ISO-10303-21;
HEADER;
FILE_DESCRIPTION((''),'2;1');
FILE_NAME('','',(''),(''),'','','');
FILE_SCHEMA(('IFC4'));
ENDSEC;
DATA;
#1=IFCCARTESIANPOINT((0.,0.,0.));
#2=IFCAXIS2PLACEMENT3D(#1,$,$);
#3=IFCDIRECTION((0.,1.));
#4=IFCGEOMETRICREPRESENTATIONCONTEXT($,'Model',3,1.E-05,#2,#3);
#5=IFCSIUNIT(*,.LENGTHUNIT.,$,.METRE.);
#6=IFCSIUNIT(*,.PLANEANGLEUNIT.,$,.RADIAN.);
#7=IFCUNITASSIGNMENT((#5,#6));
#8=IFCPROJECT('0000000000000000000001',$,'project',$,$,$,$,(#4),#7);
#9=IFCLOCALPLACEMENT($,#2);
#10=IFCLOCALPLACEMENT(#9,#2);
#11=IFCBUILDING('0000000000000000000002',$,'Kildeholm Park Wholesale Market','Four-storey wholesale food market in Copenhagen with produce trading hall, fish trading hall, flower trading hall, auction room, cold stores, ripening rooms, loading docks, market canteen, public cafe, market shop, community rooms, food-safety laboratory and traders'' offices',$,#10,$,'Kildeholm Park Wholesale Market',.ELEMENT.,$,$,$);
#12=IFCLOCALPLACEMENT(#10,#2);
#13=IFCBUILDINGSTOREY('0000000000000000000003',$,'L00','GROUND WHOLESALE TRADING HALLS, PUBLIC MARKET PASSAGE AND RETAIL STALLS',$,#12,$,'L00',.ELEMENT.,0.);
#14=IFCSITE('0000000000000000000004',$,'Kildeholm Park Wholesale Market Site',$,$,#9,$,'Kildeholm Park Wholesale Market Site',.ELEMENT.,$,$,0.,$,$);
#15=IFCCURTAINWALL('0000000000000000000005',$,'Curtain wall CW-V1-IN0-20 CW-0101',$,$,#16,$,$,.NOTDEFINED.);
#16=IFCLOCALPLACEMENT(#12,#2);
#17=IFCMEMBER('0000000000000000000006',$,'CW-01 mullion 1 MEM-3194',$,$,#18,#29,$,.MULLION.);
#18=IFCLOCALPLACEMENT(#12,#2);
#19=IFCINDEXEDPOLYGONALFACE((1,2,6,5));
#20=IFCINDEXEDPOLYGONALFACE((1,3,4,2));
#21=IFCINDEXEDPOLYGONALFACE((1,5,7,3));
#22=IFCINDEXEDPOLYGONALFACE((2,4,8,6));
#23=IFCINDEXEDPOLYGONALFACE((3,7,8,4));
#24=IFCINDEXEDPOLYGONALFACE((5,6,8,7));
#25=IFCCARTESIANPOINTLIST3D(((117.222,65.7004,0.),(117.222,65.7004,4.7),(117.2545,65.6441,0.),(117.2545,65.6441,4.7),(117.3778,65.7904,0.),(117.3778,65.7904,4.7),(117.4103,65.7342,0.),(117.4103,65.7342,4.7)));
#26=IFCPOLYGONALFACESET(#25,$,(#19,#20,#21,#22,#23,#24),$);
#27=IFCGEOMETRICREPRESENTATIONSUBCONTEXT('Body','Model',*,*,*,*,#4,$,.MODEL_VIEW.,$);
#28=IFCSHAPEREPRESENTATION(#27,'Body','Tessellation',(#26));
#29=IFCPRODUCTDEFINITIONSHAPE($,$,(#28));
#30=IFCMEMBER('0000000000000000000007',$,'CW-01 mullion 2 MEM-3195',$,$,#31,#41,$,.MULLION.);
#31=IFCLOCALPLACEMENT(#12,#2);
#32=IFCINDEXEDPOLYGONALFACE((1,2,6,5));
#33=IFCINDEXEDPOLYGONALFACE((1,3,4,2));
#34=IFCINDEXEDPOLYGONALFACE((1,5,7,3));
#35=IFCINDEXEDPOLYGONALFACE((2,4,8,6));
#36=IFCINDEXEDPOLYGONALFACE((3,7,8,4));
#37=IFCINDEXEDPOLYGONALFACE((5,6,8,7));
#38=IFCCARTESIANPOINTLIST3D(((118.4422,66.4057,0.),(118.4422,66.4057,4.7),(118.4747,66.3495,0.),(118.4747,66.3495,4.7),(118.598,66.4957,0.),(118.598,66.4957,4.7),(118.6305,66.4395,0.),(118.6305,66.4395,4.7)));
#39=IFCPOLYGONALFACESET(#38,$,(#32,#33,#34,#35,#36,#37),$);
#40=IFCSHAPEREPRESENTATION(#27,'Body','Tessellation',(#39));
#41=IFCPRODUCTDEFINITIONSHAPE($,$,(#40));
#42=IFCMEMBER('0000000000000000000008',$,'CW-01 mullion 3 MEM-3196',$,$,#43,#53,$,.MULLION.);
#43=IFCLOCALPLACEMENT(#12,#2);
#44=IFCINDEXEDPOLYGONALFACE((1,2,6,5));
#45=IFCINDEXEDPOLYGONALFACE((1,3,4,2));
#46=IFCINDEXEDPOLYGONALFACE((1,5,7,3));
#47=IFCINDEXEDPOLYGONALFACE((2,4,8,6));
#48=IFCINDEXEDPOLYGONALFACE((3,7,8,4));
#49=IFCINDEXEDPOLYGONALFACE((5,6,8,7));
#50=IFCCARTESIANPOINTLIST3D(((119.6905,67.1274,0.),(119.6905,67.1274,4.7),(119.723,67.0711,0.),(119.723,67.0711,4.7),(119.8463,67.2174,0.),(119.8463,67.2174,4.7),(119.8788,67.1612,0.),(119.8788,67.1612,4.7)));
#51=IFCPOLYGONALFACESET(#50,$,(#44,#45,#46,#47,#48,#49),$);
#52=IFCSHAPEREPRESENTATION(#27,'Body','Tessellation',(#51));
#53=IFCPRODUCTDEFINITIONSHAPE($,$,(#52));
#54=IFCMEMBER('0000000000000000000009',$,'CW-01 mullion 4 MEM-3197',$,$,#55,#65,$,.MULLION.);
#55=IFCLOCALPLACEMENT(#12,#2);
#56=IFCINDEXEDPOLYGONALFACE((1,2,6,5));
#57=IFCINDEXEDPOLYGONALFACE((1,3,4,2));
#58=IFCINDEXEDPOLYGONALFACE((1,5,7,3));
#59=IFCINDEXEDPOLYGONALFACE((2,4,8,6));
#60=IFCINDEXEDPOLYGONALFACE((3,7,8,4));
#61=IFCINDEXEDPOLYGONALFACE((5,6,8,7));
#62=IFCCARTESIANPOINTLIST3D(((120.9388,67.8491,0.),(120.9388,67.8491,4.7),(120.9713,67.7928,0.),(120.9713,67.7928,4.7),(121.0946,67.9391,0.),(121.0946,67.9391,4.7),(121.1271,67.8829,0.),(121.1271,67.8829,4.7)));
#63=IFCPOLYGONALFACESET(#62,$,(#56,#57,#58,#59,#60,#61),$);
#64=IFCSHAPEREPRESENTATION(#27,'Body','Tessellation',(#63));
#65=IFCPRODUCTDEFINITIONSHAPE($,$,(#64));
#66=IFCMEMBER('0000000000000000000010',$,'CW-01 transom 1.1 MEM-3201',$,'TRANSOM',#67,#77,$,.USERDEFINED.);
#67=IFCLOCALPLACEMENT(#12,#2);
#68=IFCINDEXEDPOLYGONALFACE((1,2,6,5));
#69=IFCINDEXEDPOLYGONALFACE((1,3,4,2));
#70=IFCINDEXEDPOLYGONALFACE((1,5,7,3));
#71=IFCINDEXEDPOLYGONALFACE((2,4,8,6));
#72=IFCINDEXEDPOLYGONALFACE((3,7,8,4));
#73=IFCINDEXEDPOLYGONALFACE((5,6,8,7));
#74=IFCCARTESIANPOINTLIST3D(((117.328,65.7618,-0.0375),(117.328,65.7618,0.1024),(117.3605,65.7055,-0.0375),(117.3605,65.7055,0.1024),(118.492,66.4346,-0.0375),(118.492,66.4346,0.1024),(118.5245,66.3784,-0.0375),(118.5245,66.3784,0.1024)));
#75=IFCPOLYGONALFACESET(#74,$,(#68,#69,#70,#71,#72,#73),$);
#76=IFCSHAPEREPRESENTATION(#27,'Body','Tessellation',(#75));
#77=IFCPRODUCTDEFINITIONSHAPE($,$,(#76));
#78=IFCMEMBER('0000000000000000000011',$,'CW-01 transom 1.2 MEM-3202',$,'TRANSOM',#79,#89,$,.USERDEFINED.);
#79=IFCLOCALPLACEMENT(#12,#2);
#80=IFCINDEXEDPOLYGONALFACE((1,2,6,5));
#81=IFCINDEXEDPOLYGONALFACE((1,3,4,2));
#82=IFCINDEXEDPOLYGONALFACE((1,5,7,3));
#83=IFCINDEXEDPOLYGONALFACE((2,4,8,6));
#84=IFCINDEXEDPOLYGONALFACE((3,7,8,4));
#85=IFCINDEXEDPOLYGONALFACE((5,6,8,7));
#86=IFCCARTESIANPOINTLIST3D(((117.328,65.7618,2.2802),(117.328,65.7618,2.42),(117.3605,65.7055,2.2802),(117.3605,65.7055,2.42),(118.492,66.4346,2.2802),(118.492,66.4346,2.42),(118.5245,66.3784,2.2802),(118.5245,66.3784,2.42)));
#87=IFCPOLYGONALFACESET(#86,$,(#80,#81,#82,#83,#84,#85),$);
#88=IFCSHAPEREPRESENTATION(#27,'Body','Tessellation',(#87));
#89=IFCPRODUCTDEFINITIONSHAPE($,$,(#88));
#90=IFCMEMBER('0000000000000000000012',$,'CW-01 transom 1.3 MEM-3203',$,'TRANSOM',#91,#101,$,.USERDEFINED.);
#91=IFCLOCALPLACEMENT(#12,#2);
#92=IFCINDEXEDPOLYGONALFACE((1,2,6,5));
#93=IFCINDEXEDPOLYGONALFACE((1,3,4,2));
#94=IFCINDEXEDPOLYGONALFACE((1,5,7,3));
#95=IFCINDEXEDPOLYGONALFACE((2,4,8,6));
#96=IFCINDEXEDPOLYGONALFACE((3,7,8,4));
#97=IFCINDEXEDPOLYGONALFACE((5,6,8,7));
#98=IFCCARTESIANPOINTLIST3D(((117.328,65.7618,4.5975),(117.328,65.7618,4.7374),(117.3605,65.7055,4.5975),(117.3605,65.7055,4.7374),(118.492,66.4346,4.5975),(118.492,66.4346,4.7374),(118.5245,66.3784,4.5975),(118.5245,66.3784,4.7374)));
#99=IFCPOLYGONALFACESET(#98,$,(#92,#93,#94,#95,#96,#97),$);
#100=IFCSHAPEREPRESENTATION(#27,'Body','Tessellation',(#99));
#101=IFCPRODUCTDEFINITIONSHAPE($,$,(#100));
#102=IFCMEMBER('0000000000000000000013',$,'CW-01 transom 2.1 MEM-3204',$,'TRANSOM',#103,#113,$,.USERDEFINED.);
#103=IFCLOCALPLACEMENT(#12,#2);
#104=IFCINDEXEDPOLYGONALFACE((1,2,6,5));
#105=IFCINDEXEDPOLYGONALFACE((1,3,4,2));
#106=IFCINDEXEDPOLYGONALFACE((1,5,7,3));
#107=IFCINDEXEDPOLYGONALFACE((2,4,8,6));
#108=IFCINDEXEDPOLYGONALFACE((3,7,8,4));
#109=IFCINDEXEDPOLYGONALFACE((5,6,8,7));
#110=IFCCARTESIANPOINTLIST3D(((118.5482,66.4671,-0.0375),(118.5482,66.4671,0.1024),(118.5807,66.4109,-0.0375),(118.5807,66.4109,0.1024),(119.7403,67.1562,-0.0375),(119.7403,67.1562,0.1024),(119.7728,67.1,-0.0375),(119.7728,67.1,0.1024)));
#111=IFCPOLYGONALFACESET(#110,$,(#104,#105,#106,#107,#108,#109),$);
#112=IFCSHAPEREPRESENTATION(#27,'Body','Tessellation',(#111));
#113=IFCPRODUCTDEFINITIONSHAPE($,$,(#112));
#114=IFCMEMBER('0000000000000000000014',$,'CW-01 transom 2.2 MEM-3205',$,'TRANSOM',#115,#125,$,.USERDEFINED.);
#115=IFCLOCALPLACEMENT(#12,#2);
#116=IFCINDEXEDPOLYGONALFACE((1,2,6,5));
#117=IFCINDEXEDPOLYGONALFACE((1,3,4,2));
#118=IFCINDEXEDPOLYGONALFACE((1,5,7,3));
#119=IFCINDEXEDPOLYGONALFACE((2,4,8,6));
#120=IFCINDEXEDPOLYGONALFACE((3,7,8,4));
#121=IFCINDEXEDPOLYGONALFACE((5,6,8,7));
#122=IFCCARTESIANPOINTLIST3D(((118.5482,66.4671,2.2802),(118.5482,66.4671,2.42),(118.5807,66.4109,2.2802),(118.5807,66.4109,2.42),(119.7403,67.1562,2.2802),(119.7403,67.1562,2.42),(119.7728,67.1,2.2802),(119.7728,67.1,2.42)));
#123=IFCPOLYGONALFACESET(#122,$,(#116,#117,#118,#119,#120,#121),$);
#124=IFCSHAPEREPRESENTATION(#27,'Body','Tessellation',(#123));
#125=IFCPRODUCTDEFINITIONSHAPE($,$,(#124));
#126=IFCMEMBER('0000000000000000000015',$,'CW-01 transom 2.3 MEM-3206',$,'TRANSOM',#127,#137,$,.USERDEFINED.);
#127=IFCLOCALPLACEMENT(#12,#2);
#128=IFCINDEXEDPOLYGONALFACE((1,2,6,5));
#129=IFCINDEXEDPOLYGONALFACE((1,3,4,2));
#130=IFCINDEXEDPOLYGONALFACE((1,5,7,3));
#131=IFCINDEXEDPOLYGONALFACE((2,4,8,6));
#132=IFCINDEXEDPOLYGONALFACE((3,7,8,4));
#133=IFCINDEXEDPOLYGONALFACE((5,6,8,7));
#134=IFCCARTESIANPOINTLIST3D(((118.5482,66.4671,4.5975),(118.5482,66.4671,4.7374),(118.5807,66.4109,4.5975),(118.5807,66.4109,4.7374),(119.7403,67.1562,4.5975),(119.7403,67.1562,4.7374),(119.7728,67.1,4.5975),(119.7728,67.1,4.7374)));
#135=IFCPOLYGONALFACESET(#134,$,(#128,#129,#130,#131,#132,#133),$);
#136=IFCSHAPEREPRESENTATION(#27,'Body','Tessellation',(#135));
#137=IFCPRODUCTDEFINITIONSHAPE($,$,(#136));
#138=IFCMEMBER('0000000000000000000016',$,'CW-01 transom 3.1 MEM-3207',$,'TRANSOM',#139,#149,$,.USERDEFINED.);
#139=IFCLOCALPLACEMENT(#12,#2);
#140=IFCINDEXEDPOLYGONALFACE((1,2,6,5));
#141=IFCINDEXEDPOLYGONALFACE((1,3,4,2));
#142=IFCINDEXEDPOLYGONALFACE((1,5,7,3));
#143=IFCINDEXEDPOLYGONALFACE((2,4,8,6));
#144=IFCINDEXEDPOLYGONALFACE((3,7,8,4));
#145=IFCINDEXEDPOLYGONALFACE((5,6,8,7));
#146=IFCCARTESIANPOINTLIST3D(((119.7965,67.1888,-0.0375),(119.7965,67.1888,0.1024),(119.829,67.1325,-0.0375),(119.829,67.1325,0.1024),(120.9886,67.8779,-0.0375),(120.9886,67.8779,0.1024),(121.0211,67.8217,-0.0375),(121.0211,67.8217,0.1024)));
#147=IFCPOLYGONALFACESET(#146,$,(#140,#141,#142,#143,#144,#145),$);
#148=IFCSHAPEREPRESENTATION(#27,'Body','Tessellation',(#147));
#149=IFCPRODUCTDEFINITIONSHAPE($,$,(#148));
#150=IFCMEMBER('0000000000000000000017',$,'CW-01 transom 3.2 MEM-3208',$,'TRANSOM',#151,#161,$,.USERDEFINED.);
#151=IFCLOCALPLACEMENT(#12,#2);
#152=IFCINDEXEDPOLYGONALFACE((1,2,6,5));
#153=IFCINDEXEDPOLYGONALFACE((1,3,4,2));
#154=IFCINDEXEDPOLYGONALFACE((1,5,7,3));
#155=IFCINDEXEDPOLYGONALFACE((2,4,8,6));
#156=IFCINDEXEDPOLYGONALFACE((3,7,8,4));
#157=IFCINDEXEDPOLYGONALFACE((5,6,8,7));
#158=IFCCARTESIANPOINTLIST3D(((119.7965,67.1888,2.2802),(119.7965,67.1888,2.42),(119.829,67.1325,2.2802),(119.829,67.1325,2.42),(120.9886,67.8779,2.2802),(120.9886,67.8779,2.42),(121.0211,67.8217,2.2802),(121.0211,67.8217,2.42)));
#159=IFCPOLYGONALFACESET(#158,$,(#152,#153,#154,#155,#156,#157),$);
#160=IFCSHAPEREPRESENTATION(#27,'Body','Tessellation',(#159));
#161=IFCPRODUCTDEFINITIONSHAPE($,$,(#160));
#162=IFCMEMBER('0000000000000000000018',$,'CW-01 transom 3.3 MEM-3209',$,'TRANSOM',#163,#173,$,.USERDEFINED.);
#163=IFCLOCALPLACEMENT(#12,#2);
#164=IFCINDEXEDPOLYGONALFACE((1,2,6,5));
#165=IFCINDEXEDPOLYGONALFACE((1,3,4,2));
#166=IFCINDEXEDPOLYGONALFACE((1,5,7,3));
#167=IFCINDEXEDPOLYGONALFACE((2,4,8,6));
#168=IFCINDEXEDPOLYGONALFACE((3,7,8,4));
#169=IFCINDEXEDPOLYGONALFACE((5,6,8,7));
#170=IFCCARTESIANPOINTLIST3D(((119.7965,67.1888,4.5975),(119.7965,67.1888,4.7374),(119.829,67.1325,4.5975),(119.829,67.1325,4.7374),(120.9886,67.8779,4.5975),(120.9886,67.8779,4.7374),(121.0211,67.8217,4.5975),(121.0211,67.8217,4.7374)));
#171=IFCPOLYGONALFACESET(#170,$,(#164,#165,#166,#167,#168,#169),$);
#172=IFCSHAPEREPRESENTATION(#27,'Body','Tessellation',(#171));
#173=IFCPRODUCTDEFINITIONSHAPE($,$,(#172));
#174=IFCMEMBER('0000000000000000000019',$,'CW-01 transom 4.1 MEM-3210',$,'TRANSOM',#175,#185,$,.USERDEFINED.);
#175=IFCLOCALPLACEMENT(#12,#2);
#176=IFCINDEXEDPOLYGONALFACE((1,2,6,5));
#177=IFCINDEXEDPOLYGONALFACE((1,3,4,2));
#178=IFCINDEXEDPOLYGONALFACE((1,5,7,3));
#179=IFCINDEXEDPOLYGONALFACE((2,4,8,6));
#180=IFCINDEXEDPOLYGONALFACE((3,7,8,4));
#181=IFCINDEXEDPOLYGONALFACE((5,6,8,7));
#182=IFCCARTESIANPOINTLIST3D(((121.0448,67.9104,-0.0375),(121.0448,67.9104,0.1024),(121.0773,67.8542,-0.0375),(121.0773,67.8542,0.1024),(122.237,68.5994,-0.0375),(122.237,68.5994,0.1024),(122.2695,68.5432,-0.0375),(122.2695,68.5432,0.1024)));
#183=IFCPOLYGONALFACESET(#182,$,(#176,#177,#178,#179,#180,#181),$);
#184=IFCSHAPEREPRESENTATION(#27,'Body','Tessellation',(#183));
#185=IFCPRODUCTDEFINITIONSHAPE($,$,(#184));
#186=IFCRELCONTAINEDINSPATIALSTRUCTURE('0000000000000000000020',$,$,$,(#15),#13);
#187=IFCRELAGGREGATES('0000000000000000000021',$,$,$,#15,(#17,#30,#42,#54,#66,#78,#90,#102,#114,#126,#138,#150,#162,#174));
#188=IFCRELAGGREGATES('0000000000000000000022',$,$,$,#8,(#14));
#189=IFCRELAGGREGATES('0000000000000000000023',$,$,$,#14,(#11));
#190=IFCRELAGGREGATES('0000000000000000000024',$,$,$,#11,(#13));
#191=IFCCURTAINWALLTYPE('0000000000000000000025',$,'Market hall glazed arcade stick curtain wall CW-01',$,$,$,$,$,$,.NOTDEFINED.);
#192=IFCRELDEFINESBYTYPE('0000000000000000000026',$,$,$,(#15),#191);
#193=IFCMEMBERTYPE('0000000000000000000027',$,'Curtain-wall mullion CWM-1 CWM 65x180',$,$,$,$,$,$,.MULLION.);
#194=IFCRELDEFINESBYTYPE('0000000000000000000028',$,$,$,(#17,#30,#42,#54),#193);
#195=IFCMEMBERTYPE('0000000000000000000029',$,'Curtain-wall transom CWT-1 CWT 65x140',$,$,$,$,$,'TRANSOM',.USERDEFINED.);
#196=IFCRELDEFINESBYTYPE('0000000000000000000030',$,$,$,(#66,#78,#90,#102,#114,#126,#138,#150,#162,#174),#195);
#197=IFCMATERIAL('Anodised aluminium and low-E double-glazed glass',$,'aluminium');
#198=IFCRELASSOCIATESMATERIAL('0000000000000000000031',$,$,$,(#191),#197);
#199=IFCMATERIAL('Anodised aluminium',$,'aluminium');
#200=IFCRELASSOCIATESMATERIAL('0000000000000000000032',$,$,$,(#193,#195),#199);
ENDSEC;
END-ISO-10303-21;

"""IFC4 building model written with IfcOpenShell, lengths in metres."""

from ifc_helpers import new_model, si_unit, direction, frame, origin, origin_2d, place, context, subcontext, project, spatial, rectangle, extrude, material, material_profile, profile_set, type_object, element, aggregate, save


model = new_model("IFC4")

# Units and contexts
model_context = context("Model", 3, precision=1e-05, world=origin(), true_north=direction((0.0, 1.0)))
body_context = subcontext(model_context, "Body", "Model", "MODEL_VIEW")
ifc_project = project(units=[si_unit("LENGTHUNIT", "METRE"), si_unit("PLANEANGLEUNIT", "RADIAN")], contexts=[model_context])

# Site, building, storey
site_placement = place(None, origin())
site = spatial("IfcSite", under=ifc_project, at=site_placement, Name="Kildeholm Park Wholesale Market Site", LongName="Kildeholm Park Wholesale Market Site", CompositionType="ELEMENT", RefElevation=0.0)
building_placement = place(site_placement, origin())
building = spatial("IfcBuilding", under=site, at=building_placement, Name="Kildeholm Park Wholesale Market", Description="Four-storey wholesale food market in Copenhagen with produce trading hall, fish trading hall, flower trading hall, auction room, cold stores, ripening rooms, loading docks, market canteen, public cafe, market shop, community rooms, food-safety laboratory and traders' offices", LongName="Kildeholm Park Wholesale Market", CompositionType="ELEMENT")
storey_placement = place(building_placement, origin())
storey = spatial("IfcBuildingStorey", under=building, at=storey_placement, Name="L00", Description="GROUND WHOLESALE TRADING HALLS, PUBLIC MARKET PASSAGE AND RETAIL STALLS", LongName="L00", CompositionType="ELEMENT", Elevation=0.0)

# Shared definitions
ifc_material_1 = material(Name="Anodised aluminium and low-E double-glazed glass", Category="aluminium")
curtain_wall_type = type_object("IfcCurtainWallType", Name="Market hall glazed arcade stick curtain wall CW-01", PredefinedType="NOTDEFINED", material=ifc_material_1)
ifc_material_2 = material(Name="Anodised aluminium", Category="aluminium")
ifc_material_profile_1 = material_profile(ifc_material_2, rectangle(XDim=0.0649, YDim=0.1799, at=origin_2d()), Name="CWM 65x180")
ifc_profile_set_1 = profile_set([ifc_material_profile_1], Name="Anodised aluminium")
member_type_1 = type_object("IfcMemberType", Name="Curtain-wall mullion CWM-1 CWM 65x180", PredefinedType="MULLION", material=ifc_profile_set_1)

# Curtain wall, members
curtain_wall_1_placement = place(storey_placement, origin())
curtain_wall_1 = element("IfcCurtainWall", 1, at=curtain_wall_1_placement, inside=storey, type_object=curtain_wall_type, Name="Curtain wall CW-V1-IN0-20 CW-0101", PredefinedType="NOTDEFINED")
member_1_placement = place(storey_placement, frame((117.3162, 65.7173, 0.0), z_axis=(0.0, 0.0, 1.0), x_axis=(-0.500489, 0.865743, 0.0)))
member_1 = element("IfcMember", 2, at=member_1_placement, type_object=member_type_1, Name="CW-01 mullion 1 MEM-3194", PredefinedType="MULLION", context=body_context, shape_type="SweptSolid", body=[
    extrude(rectangle(XDim=0.0649, YDim=0.1799, at=origin_2d()), origin(), (0.0, 0.0, 1.0), 4.7),
])
member_2_placement = place(storey_placement, frame((118.5364, 66.4226, 0.0), z_axis=(0.0, 0.0, 1.0), x_axis=(-0.500489, 0.865743, 0.0)))
member_2 = element("IfcMember", 3, at=member_2_placement, type_object=member_type_1, Name="CW-01 mullion 2 MEM-3195", PredefinedType="MULLION", context=body_context, shape_type="SweptSolid", body=[
    extrude(rectangle(XDim=0.0649, YDim=0.1799, at=origin_2d()), origin(), (0.0, 0.0, 1.0), 4.7),
])
member_3_placement = place(storey_placement, frame((119.7847, 67.1443, 0.0), z_axis=(0.0, 0.0, 1.0), x_axis=(-0.500489, 0.865743, 0.0)))
member_3 = element("IfcMember", 4, at=member_3_placement, type_object=member_type_1, Name="CW-01 mullion 3 MEM-3196", PredefinedType="MULLION", context=body_context, shape_type="SweptSolid", body=[
    extrude(rectangle(XDim=0.0649, YDim=0.1799, at=origin_2d()), origin(), (0.0, 0.0, 1.0), 4.7),
])
member_4_placement = place(storey_placement, frame((121.033, 67.866, 0.0), z_axis=(0.0, 0.0, 1.0), x_axis=(-0.500489, 0.865743, 0.0)))
member_4 = element("IfcMember", 5, at=member_4_placement, type_object=member_type_1, Name="CW-01 mullion 4 MEM-3197", PredefinedType="MULLION", context=body_context, shape_type="SweptSolid", body=[
    extrude(rectangle(XDim=0.0649, YDim=0.1799, at=origin_2d()), origin(), (0.0, 0.0, 1.0), 4.7),
])
ifc_material_profile_2 = material_profile(ifc_material_2, rectangle(XDim=0.0649, YDim=0.1399, at=origin_2d()), Name="CWT 65x140")
ifc_profile_set_2 = profile_set([ifc_material_profile_2], Name="Anodised aluminium")
member_type_2 = type_object("IfcMemberType", Name="Curtain-wall transom CWT-1 CWT 65x140", ElementType="TRANSOM", PredefinedType="USERDEFINED", material=ifc_profile_set_2)
member_5_placement = place(storey_placement, frame((117.3442, 65.7336, 0.0325), z_axis=(0.865774, 0.500435, 0.0), x_axis=(-0.500435, 0.865774, 0.0)))
member_5 = element("IfcMember", 6, at=member_5_placement, type_object=member_type_2, Name="CW-01 transom 1.1 MEM-3201", ObjectType="TRANSOM", PredefinedType="USERDEFINED", context=body_context, shape_type="SweptSolid", body=[
    extrude(rectangle(XDim=0.0649, YDim=0.1399, at=origin_2d()), origin(), (0.0, 0.0, 1.0), 1.3445),
])
member_6_placement = place(storey_placement, frame((117.3442, 65.7336, 2.3501), z_axis=(0.865774, 0.500435, 0.0), x_axis=(-0.500435, 0.865774, 0.0)))
member_6 = element("IfcMember", 7, at=member_6_placement, type_object=member_type_2, Name="CW-01 transom 1.2 MEM-3202", ObjectType="TRANSOM", PredefinedType="USERDEFINED", context=body_context, shape_type="SweptSolid", body=[
    extrude(rectangle(XDim=0.0649, YDim=0.1399, at=origin_2d()), origin(), (0.0, 0.0, 1.0), 1.3445),
])
member_7_placement = place(storey_placement, frame((117.3442, 65.7336, 4.6675), z_axis=(0.865774, 0.500435, 0.0), x_axis=(-0.500435, 0.865774, 0.0)))
member_7 = element("IfcMember", 8, at=member_7_placement, type_object=member_type_2, Name="CW-01 transom 1.3 MEM-3203", ObjectType="TRANSOM", PredefinedType="USERDEFINED", context=body_context, shape_type="SweptSolid", body=[
    extrude(rectangle(XDim=0.0649, YDim=0.1399, at=origin_2d()), origin(), (0.0, 0.0, 1.0), 1.3445),
])
member_8_placement = place(storey_placement, frame((118.5645, 66.439, 0.0325), z_axis=(0.865734, 0.500505, 0.0), x_axis=(-0.500505, 0.865734, 0.0)))
member_8 = element("IfcMember", 9, at=member_8_placement, type_object=member_type_2, Name="CW-01 transom 2.1 MEM-3204", ObjectType="TRANSOM", PredefinedType="USERDEFINED", context=body_context, shape_type="SweptSolid", body=[
    extrude(rectangle(XDim=0.0649, YDim=0.1399, at=origin_2d()), origin(), (0.0, 0.0, 1.0), 1.377),
])
member_9_placement = place(storey_placement, frame((118.5645, 66.439, 2.3501), z_axis=(0.865734, 0.500505, 0.0), x_axis=(-0.500505, 0.865734, 0.0)))
member_9 = element("IfcMember", 10, at=member_9_placement, type_object=member_type_2, Name="CW-01 transom 2.2 MEM-3205", ObjectType="TRANSOM", PredefinedType="USERDEFINED", context=body_context, shape_type="SweptSolid", body=[
    extrude(rectangle(XDim=0.0649, YDim=0.1399, at=origin_2d()), origin(), (0.0, 0.0, 1.0), 1.377),
])
member_10_placement = place(storey_placement, frame((118.5645, 66.439, 4.6675), z_axis=(0.865734, 0.500505, 0.0), x_axis=(-0.500505, 0.865734, 0.0)))
member_10 = element("IfcMember", 11, at=member_10_placement, type_object=member_type_2, Name="CW-01 transom 2.3 MEM-3206", ObjectType="TRANSOM", PredefinedType="USERDEFINED", context=body_context, shape_type="SweptSolid", body=[
    extrude(rectangle(XDim=0.0649, YDim=0.1399, at=origin_2d()), origin(), (0.0, 0.0, 1.0), 1.377),
])
member_11_placement = place(storey_placement, frame((119.8127, 67.1606, 0.0325), z_axis=(0.865734, 0.500505, 0.0), x_axis=(-0.500505, 0.865734, 0.0)))
member_11 = element("IfcMember", 12, at=member_11_placement, type_object=member_type_2, Name="CW-01 transom 3.1 MEM-3207", ObjectType="TRANSOM", PredefinedType="USERDEFINED", context=body_context, shape_type="SweptSolid", body=[
    extrude(rectangle(XDim=0.0649, YDim=0.1399, at=origin_2d()), origin(), (0.0, 0.0, 1.0), 1.377),
])
member_12_placement = place(storey_placement, frame((119.8127, 67.1606, 2.3501), z_axis=(0.865734, 0.500505, 0.0), x_axis=(-0.500505, 0.865734, 0.0)))
member_12 = element("IfcMember", 13, at=member_12_placement, type_object=member_type_2, Name="CW-01 transom 3.2 MEM-3208", ObjectType="TRANSOM", PredefinedType="USERDEFINED", context=body_context, shape_type="SweptSolid", body=[
    extrude(rectangle(XDim=0.0649, YDim=0.1399, at=origin_2d()), origin(), (0.0, 0.0, 1.0), 1.377),
])
member_13_placement = place(storey_placement, frame((119.8127, 67.1606, 4.6675), z_axis=(0.865734, 0.500505, 0.0), x_axis=(-0.500505, 0.865734, 0.0)))
member_13 = element("IfcMember", 14, at=member_13_placement, type_object=member_type_2, Name="CW-01 transom 3.3 MEM-3209", ObjectType="TRANSOM", PredefinedType="USERDEFINED", context=body_context, shape_type="SweptSolid", body=[
    extrude(rectangle(XDim=0.0649, YDim=0.1399, at=origin_2d()), origin(), (0.0, 0.0, 1.0), 1.377),
])
member_14_placement = place(storey_placement, frame((121.061, 67.8823, 0.0325), z_axis=(0.86581, 0.500372, 0.0), x_axis=(-0.500372, 0.86581, 0.0)))
member_14 = element("IfcMember", 15, at=member_14_placement, type_object=member_type_2, Name="CW-01 transom 4.1 MEM-3210", ObjectType="TRANSOM", PredefinedType="USERDEFINED", context=body_context, shape_type="SweptSolid", body=[
    extrude(rectangle(XDim=0.0649, YDim=0.1399, at=origin_2d()), origin(), (0.0, 0.0, 1.0), 1.377),
])

aggregate(curtain_wall_1, [member_1, member_2, member_3, member_4, member_5, member_6, member_7, member_8, member_9, member_10, member_11, member_12, member_13, member_14])

save(model, "model.ifc")
